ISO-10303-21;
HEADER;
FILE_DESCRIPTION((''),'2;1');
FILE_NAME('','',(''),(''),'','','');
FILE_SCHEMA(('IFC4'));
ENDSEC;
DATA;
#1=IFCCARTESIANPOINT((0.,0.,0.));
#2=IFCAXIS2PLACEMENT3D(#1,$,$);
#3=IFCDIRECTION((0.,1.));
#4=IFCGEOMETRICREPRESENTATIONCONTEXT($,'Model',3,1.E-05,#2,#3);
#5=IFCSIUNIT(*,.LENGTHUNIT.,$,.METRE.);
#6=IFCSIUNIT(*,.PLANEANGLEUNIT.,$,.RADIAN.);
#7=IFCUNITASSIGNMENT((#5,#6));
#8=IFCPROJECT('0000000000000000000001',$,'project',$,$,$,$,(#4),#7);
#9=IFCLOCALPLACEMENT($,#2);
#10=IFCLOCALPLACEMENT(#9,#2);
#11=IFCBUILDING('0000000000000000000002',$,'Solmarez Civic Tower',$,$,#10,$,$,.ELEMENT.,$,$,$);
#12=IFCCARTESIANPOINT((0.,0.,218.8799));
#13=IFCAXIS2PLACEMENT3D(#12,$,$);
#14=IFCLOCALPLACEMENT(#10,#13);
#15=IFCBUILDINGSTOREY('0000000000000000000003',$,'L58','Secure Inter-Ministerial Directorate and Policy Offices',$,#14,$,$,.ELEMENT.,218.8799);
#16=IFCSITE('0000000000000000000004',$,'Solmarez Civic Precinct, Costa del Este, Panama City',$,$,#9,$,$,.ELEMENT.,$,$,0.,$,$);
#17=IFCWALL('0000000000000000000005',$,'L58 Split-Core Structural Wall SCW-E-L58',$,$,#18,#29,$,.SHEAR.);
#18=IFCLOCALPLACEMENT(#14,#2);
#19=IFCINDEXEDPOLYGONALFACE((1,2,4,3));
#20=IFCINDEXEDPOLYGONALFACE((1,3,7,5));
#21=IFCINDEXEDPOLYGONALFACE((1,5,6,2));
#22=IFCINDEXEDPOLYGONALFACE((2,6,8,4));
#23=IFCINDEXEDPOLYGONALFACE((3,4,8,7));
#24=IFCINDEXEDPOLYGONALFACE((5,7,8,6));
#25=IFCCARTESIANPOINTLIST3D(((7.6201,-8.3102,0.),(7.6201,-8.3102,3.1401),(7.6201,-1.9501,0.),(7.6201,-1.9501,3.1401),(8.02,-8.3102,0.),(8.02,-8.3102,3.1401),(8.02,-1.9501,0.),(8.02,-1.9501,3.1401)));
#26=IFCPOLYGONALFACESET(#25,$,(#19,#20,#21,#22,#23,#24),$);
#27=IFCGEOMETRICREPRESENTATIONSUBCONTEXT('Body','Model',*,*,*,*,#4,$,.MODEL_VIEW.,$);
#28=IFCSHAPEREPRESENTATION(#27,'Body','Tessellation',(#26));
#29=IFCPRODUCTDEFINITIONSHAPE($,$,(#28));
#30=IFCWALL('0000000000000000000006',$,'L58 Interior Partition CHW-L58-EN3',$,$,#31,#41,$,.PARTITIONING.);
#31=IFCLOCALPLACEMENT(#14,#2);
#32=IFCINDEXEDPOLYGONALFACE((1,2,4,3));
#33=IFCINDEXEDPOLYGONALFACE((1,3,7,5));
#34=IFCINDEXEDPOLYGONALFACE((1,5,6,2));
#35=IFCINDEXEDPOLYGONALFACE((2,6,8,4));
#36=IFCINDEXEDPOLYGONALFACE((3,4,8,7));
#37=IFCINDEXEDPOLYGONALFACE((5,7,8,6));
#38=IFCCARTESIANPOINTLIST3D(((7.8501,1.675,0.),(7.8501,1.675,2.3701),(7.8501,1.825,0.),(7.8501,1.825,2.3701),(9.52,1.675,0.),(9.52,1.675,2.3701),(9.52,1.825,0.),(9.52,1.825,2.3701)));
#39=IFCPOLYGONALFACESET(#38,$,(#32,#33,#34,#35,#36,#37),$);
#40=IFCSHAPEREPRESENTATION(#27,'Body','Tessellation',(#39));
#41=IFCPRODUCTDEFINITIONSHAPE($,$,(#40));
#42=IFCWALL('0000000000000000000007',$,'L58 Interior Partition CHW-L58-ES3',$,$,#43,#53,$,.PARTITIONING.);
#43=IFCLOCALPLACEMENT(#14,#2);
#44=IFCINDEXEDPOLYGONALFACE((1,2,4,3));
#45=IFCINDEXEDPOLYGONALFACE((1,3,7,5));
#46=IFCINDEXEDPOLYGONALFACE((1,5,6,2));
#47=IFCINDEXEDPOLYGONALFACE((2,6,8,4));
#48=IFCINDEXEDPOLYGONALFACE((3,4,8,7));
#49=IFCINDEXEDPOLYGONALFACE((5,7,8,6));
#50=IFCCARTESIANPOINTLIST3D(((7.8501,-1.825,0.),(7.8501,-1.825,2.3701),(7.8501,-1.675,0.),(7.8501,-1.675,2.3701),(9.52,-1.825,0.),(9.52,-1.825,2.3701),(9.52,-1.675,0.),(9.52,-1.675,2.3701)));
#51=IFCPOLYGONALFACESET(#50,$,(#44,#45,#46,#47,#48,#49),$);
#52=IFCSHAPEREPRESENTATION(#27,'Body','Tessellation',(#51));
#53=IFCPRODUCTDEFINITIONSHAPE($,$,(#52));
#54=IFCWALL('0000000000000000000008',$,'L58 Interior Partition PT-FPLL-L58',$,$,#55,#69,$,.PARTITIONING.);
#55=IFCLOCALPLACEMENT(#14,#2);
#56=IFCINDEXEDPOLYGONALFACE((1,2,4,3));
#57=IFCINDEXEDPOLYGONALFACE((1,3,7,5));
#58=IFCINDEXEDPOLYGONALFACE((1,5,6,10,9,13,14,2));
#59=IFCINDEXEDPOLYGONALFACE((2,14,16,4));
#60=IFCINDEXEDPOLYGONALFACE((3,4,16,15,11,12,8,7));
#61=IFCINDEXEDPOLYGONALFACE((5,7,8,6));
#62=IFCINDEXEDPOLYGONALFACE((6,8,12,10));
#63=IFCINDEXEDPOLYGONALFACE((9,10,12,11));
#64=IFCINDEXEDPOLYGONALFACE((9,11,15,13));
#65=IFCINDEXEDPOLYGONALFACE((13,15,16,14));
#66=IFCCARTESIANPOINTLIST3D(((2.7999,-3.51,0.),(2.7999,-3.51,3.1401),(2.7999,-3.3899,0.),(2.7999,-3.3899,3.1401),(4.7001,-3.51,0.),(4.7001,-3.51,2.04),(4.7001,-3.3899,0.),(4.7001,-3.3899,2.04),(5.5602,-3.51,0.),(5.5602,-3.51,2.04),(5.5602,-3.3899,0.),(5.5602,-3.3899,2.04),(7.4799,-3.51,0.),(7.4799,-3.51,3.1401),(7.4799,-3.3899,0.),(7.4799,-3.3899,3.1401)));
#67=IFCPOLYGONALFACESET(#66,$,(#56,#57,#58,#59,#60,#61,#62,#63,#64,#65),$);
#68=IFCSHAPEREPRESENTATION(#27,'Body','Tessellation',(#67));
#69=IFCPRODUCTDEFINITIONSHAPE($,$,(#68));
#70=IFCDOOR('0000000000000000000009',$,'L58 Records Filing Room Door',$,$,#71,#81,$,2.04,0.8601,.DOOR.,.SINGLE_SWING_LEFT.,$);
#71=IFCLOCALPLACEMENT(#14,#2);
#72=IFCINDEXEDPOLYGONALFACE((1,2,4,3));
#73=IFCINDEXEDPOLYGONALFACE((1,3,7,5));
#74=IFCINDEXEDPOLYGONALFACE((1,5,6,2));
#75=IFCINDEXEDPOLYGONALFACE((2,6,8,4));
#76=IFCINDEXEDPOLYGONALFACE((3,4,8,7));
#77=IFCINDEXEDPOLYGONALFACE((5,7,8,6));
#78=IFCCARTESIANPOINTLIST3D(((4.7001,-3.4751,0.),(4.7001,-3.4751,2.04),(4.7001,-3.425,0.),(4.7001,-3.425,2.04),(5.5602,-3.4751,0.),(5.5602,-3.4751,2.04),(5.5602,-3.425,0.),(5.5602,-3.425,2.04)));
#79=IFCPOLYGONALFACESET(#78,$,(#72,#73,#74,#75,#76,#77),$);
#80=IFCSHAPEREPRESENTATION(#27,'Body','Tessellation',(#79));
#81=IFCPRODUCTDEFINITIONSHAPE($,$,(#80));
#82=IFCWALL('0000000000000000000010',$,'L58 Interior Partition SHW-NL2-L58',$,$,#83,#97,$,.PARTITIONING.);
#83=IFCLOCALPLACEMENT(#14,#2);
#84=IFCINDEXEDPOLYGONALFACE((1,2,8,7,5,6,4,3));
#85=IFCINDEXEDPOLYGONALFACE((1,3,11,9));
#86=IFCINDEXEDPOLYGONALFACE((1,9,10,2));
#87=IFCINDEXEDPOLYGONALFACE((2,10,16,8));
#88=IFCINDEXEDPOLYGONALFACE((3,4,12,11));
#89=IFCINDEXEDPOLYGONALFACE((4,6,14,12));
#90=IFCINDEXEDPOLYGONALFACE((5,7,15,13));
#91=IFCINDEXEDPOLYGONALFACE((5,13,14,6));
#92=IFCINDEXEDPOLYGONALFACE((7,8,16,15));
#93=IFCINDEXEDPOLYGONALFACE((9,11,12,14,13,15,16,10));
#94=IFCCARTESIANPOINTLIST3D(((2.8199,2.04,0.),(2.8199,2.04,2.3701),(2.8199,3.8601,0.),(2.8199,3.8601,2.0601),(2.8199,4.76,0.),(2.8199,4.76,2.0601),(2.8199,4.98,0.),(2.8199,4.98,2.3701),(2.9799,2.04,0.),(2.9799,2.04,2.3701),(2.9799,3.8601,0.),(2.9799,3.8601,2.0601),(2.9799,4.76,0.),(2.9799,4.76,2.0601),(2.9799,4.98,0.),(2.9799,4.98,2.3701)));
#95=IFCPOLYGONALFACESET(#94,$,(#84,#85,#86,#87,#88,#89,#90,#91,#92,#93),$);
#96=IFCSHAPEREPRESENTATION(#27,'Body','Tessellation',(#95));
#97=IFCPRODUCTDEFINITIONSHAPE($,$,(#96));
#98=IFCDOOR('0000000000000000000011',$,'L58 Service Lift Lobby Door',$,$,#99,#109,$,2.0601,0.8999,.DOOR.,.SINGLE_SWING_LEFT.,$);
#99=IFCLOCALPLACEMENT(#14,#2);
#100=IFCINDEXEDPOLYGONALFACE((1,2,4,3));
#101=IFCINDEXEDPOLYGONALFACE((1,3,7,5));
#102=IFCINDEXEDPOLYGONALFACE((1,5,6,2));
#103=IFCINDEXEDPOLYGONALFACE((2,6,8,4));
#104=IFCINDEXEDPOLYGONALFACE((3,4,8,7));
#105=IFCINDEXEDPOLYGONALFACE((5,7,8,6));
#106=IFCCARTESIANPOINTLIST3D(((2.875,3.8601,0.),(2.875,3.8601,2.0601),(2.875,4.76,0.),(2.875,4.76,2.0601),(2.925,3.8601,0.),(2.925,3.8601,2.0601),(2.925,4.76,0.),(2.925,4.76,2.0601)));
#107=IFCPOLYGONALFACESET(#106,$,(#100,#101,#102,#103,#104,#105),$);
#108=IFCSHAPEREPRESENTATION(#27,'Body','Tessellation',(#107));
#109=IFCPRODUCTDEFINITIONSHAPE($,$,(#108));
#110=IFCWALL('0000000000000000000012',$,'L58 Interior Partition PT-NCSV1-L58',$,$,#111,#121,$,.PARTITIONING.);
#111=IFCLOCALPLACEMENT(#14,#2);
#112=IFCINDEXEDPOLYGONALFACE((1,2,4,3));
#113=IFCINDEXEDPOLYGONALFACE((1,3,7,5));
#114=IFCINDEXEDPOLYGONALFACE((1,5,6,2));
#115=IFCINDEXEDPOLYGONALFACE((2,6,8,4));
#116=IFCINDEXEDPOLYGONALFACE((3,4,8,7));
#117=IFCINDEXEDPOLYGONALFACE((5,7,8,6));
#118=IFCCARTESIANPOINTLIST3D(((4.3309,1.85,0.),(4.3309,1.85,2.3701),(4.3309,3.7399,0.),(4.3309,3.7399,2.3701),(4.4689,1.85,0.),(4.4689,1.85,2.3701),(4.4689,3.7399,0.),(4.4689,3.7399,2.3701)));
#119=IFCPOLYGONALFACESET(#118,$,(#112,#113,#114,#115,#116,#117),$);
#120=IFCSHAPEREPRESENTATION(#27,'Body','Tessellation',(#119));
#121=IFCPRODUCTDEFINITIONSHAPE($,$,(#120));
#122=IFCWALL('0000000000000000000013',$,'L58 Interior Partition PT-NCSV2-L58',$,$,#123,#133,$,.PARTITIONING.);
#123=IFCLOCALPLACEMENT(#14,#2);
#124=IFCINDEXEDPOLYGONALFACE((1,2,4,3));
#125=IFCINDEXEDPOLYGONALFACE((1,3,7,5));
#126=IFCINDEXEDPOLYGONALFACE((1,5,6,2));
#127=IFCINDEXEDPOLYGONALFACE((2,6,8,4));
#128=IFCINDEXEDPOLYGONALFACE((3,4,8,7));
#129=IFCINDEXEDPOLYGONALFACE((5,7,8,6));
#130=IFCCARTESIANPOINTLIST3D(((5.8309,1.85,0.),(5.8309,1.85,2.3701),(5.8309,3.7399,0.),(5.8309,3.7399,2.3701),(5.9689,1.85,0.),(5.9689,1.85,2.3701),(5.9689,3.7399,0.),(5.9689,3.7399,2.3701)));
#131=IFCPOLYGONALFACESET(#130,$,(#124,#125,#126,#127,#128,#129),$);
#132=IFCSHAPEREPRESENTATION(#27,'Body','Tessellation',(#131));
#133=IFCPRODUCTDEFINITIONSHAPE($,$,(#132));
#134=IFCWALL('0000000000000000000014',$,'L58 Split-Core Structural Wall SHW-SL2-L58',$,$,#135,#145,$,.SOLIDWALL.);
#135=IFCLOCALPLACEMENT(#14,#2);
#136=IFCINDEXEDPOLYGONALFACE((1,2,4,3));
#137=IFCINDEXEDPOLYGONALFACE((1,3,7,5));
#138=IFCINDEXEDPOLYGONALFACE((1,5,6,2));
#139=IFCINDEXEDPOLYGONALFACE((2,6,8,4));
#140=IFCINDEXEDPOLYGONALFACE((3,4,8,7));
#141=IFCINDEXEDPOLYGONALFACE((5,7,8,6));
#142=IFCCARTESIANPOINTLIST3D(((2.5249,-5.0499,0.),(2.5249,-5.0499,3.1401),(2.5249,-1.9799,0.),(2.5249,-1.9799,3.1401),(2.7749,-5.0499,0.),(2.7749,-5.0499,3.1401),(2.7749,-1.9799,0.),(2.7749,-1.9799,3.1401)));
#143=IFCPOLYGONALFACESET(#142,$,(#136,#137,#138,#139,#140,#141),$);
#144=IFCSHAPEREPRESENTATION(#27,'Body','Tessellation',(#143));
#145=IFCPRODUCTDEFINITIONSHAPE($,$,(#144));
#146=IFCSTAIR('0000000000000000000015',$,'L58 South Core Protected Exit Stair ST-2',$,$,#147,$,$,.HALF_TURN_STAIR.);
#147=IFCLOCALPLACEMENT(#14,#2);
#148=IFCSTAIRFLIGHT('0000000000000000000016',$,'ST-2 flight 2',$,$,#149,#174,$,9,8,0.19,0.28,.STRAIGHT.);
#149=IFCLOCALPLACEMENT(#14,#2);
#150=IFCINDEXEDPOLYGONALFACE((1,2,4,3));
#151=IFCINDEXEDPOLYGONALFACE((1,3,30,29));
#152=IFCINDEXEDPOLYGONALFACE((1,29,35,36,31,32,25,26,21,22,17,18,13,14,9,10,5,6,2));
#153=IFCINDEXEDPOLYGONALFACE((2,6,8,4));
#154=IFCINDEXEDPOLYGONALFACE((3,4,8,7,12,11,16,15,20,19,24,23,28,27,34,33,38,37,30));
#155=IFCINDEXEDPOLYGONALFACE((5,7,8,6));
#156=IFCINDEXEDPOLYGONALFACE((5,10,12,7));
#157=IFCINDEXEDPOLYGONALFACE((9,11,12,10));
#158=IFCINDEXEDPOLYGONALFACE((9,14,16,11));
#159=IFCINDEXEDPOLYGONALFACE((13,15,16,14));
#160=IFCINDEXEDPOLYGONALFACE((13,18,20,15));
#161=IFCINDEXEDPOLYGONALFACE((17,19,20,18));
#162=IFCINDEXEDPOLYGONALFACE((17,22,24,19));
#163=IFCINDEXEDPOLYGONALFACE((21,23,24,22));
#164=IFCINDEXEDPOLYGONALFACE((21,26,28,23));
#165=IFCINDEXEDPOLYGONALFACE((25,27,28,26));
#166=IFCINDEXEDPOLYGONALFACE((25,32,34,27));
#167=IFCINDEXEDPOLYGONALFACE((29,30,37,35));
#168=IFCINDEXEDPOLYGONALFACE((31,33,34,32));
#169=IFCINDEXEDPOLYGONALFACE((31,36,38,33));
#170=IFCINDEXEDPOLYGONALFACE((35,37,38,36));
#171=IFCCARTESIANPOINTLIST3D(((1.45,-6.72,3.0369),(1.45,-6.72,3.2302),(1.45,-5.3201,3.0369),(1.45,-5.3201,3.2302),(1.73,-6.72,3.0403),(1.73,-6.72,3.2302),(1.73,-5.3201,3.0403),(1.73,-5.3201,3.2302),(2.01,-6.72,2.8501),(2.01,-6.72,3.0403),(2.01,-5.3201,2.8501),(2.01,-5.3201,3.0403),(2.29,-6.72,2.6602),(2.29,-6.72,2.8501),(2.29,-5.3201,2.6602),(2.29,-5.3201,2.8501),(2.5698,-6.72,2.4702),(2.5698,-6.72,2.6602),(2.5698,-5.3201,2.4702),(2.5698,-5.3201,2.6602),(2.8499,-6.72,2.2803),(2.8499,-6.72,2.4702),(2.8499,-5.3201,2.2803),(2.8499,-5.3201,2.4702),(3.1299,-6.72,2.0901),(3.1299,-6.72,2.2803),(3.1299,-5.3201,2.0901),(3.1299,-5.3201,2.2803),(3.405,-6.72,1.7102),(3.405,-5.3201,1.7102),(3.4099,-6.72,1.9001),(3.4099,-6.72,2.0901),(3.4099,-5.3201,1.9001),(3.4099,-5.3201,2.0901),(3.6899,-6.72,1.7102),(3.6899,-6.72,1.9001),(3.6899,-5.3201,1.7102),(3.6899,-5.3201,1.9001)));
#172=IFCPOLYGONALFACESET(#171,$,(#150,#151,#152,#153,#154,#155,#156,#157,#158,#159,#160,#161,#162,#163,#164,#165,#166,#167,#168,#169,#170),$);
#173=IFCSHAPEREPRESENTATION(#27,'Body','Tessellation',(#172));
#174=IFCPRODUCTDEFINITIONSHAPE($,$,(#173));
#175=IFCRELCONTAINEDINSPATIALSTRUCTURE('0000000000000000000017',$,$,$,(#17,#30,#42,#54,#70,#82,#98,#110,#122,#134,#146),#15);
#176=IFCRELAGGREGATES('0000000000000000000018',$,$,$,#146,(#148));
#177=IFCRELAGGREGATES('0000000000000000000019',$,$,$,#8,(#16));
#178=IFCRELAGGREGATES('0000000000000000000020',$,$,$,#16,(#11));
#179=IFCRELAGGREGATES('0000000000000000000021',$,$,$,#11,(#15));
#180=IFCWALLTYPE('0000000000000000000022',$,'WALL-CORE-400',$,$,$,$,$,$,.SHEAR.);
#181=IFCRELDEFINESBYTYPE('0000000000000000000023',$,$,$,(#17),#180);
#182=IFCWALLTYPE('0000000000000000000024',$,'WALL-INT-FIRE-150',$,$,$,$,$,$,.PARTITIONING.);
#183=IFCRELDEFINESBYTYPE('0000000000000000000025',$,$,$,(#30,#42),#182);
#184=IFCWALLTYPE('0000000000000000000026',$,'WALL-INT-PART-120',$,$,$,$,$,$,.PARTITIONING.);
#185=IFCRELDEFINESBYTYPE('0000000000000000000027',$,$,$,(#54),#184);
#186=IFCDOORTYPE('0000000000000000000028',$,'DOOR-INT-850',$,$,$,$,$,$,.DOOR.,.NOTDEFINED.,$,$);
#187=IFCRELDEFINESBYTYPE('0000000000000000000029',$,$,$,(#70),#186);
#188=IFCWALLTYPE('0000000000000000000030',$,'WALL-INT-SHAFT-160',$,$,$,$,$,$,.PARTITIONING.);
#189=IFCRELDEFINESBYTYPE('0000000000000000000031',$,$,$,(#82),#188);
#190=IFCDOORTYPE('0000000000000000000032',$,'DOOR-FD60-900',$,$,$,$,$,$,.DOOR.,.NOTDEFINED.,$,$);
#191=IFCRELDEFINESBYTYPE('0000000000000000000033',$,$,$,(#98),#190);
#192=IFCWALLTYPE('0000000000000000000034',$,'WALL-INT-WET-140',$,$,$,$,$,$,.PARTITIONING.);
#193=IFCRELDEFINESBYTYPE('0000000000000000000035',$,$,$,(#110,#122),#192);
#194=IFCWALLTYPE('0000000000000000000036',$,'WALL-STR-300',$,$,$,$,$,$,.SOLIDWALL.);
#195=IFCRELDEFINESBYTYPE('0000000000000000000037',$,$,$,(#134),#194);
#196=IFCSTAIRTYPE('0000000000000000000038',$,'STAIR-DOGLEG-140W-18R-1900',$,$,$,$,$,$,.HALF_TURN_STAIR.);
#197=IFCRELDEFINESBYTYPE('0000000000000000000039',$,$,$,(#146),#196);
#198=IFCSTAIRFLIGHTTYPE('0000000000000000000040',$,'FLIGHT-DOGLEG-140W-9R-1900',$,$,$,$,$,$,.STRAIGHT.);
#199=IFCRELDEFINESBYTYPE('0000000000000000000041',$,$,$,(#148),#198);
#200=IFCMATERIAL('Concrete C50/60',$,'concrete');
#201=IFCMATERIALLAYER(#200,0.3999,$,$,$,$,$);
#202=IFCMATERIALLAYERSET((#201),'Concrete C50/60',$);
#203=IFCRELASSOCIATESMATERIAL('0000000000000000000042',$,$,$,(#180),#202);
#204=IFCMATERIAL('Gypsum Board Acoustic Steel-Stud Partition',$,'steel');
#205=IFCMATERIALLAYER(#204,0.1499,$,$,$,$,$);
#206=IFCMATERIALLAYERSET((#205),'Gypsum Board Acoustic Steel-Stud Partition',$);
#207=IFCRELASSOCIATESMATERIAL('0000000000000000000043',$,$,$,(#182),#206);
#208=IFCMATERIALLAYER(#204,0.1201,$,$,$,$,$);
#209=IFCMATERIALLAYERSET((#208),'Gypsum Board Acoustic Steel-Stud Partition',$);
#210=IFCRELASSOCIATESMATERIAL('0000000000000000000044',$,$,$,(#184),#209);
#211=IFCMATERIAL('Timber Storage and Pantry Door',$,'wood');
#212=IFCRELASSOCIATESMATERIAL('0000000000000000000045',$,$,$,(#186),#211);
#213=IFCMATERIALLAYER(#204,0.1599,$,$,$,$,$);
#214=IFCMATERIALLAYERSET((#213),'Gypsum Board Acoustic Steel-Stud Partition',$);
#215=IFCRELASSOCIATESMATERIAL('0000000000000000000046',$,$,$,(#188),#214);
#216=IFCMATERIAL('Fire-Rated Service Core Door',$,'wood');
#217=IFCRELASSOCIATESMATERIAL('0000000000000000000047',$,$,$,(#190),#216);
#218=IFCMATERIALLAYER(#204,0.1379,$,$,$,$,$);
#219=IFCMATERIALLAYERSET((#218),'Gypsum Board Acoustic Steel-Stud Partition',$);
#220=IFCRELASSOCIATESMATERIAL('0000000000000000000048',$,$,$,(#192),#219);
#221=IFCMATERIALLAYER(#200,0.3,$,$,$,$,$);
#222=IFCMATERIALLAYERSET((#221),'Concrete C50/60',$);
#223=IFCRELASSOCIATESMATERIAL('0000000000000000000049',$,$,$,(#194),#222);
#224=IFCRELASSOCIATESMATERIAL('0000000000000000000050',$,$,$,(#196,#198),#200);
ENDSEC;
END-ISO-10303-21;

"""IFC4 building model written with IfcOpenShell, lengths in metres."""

from ifc_helpers import new_model, si_unit, direction, frame, frame_2d, origin, place, context, subcontext, project, spatial, polyline, rectangle, outline, extrude, material, layer, layer_set, type_object, element, fill, aggregate, save


model = new_model("IFC4")

# Units and contexts
model_context = context("Model", 3, precision=1e-05, world=origin(), true_north=direction((0.0, 1.0)))
body_context = subcontext(model_context, "Body", "Model", "MODEL_VIEW")
ifc_project = project(units=[si_unit("LENGTHUNIT", "METRE"), si_unit("PLANEANGLEUNIT", "RADIAN")], contexts=[model_context])

# Site, building, storey
site_placement = place(None, origin())
site = spatial("IfcSite", under=ifc_project, at=site_placement, Name="Solmarez Civic Precinct, Costa del Este, Panama City", CompositionType="ELEMENT", RefElevation=0.0)
building_placement = place(site_placement, origin())
building = spatial("IfcBuilding", under=site, at=building_placement, Name="Solmarez Civic Tower", CompositionType="ELEMENT")
storey_placement = place(building_placement, frame((0.0, 0.0, 218.8799)))
storey = spatial("IfcBuildingStorey", under=building, at=storey_placement, Name="L58", Description="Secure Inter-Ministerial Directorate and Policy Offices", CompositionType="ELEMENT", Elevation=218.8799)

# Walls
ifc_material_1 = material(Name="Concrete C50/60", Category="concrete")
ifc_layer_1 = layer(ifc_material_1, 0.3999)
ifc_layer_set_1 = layer_set([ifc_layer_1], Name="Concrete C50/60")
wall_type_1 = type_object("IfcWallType", Name="WALL-CORE-400", PredefinedType="SHEAR", material=ifc_layer_set_1)
wall_1_placement = place(storey_placement, frame((7.8201, -1.95, 0.0), z_axis=(0.0, 0.0, 1.0), x_axis=(0.0, -1.0, 0.0)))
element("IfcWall", 1, at=wall_1_placement, inside=storey, type_object=wall_type_1, Name="L58 Split-Core Structural Wall SCW-E-L58", PredefinedType="SHEAR", context=body_context, shape_type="SweptSolid", body=[
    extrude(rectangle(XDim=6.3601, YDim=0.3999, at=frame_2d((3.1802, 0.0))), origin(), (0.0, 0.0, 1.0), 3.1401),
])
ifc_material_2 = material(Name="Gypsum Board Acoustic Steel-Stud Partition", Category="steel")
ifc_layer_2 = layer(ifc_material_2, 0.1499)
ifc_layer_set_2 = layer_set([ifc_layer_2], Name="Gypsum Board Acoustic Steel-Stud Partition")
wall_type_2 = type_object("IfcWallType", Name="WALL-INT-FIRE-150", PredefinedType="PARTITIONING", material=ifc_layer_set_2)
for number, where, z_axis, x_axis, name in (
    (2, (7.8501, 1.75, 0.0), (0.0, 0.0, 1.0), (1.0, 0.0, 0.0), "L58 Interior Partition CHW-L58-EN3"),
    (3, (7.8501, -1.75, 0.0), (0.0, 0.0, 1.0), (1.0, 0.0, 0.0), "L58 Interior Partition CHW-L58-ES3"),
):
    element("IfcWall", number, at=place(storey_placement, frame(where, z_axis=z_axis, x_axis=x_axis)), inside=storey, type_object=wall_type_2, Name=name, PredefinedType="PARTITIONING", context=body_context, shape_type="SweptSolid", body=[
        extrude(rectangle(XDim=1.6699, YDim=0.1499, at=frame_2d((0.835, 0.0))), origin(), (0.0, 0.0, 1.0), 2.3701),
    ])

# Walls, openings, doors
ifc_layer_3 = layer(ifc_material_2, 0.1201)
ifc_layer_set_3 = layer_set([ifc_layer_3], Name="Gypsum Board Acoustic Steel-Stud Partition")
wall_type_3 = type_object("IfcWallType", Name="WALL-INT-PART-120", PredefinedType="PARTITIONING", material=ifc_layer_set_3)
wall_2_placement = place(storey_placement, frame((2.8, -3.45, 0.0), z_axis=(0.0, 0.0, 1.0), x_axis=(1.0, 0.0, 0.0)))
wall_2 = element("IfcWall", 4, at=wall_2_placement, inside=storey, type_object=wall_type_3, Name="L58 Interior Partition PT-FPLL-L58", PredefinedType="PARTITIONING", context=body_context, shape_type="SweptSolid", body=[
    extrude(rectangle(XDim=4.6799, YDim=0.1201, at=frame_2d((2.3398, 0.0))), origin(), (0.0, 0.0, 1.0), 3.1401),
])
opening_1_placement = place(wall_2_placement, frame((1.8999, 0.0, 0.0)))
opening_1 = element("IfcOpeningElement", 5, at=opening_1_placement, cuts=wall_2, PredefinedType="OPENING", context=body_context, shape_type="SweptSolid", body=[
    extrude(rectangle(XDim=0.8601, YDim=2.04, at=frame_2d((0.4302, 1.02))), frame((0.0, 0.0701, 0.0), z_axis=(0.0, -1.0, 0.0), x_axis=(1.0, 0.0, 0.0)), (0.0, 0.0, 1.0), 0.1401),
])
ifc_material_3 = material(Name="Timber Storage and Pantry Door", Category="wood")
door_type_1 = type_object("IfcDoorType", Name="DOOR-INT-850", OperationType="NOTDEFINED", PredefinedType="DOOR", material=ifc_material_3)
door_1_placement = place(opening_1_placement, origin())
door_1 = element("IfcDoor", 6, at=door_1_placement, inside=storey, type_object=door_type_1, Name="L58 Records Filing Room Door", OperationType="SINGLE_SWING_LEFT", OverallHeight=2.04, OverallWidth=0.8601, PredefinedType="DOOR", context=body_context, shape_type="SweptSolid", body=[
    extrude(rectangle(XDim=0.8601, YDim=2.04, at=frame_2d((0.4302, 1.02))), frame((0.0, 0.0249, 0.0), z_axis=(0.0, -1.0, 0.0), x_axis=(1.0, 0.0, 0.0)), (0.0, 0.0, 1.0), 0.05),
])
fill(opening_1, door_1)
ifc_layer_4 = layer(ifc_material_2, 0.1599)
ifc_layer_set_4 = layer_set([ifc_layer_4], Name="Gypsum Board Acoustic Steel-Stud Partition")
wall_type_4 = type_object("IfcWallType", Name="WALL-INT-SHAFT-160", PredefinedType="PARTITIONING", material=ifc_layer_set_4)
wall_3_placement = place(storey_placement, frame((2.8999, 2.04, 0.0), z_axis=(0.0, 0.0, 1.0), x_axis=(0.0, 1.0, 0.0)))
wall_3 = element("IfcWall", 7, at=wall_3_placement, inside=storey, type_object=wall_type_4, Name="L58 Interior Partition SHW-NL2-L58", PredefinedType="PARTITIONING", context=body_context, shape_type="SweptSolid", body=[
    extrude(rectangle(XDim=2.9399, YDim=0.1599, at=frame_2d((1.47, 0.0))), origin(), (0.0, 0.0, 1.0), 2.3701),
])
opening_2_placement = place(wall_3_placement, frame((1.8201, 0.0, 0.0)))
opening_2 = element("IfcOpeningElement", 8, at=opening_2_placement, cuts=wall_3, PredefinedType="OPENING", context=body_context, shape_type="SweptSolid", body=[
    extrude(rectangle(XDim=0.8999, YDim=2.0601, at=frame_2d((0.45, 1.03))), frame((0.0, 0.0898, 0.0), z_axis=(0.0, -1.0, 0.0), x_axis=(1.0, 0.0, 0.0)), (0.0, 0.0, 1.0), 0.1799),
])
ifc_material_4 = material(Name="Fire-Rated Service Core Door", Category="wood")
door_type_2 = type_object("IfcDoorType", Name="DOOR-FD60-900", OperationType="NOTDEFINED", PredefinedType="DOOR", material=ifc_material_4)
door_2_placement = place(opening_2_placement, origin())
door_2 = element("IfcDoor", 9, at=door_2_placement, inside=storey, type_object=door_type_2, Name="L58 Service Lift Lobby Door", OperationType="SINGLE_SWING_LEFT", OverallHeight=2.0601, OverallWidth=0.8999, PredefinedType="DOOR", context=body_context, shape_type="SweptSolid", body=[
    extrude(rectangle(XDim=0.8999, YDim=2.0601, at=frame_2d((0.45, 1.03))), frame((0.0, 0.0249, 0.0), z_axis=(0.0, -1.0, 0.0), x_axis=(1.0, 0.0, 0.0)), (0.0, 0.0, 1.0), 0.05),
])
fill(opening_2, door_2)

# Walls
ifc_layer_5 = layer(ifc_material_2, 0.1379)
ifc_layer_set_5 = layer_set([ifc_layer_5], Name="Gypsum Board Acoustic Steel-Stud Partition")
wall_type_5 = type_object("IfcWallType", Name="WALL-INT-WET-140", PredefinedType="PARTITIONING", material=ifc_layer_set_5)
for number, where, z_axis, x_axis, name in (
    (10, (4.3999, 1.8501, 0.0), (0.0, 0.0, 1.0), (0.0, 1.0, 0.0), "L58 Interior Partition PT-NCSV1-L58"),
    (11, (5.8999, 1.8501, 0.0), (0.0, 0.0, 1.0), (0.0, 1.0, 0.0), "L58 Interior Partition PT-NCSV2-L58"),
):
    element("IfcWall", number, at=place(storey_placement, frame(where, z_axis=z_axis, x_axis=x_axis)), inside=storey, type_object=wall_type_5, Name=name, PredefinedType="PARTITIONING", context=body_context, shape_type="SweptSolid", body=[
        extrude(rectangle(XDim=1.8899, YDim=0.1379, at=frame_2d((0.9448, 0.0))), origin(), (0.0, 0.0, 1.0), 2.3701),
    ])
ifc_layer_6 = layer(ifc_material_1, 0.3)
ifc_layer_set_6 = layer_set([ifc_layer_6], Name="Concrete C50/60")
wall_type_6 = type_object("IfcWallType", Name="WALL-STR-300", PredefinedType="SOLIDWALL", material=ifc_layer_set_6)
wall_4_placement = place(storey_placement, frame((2.6499, -5.05, 0.0), z_axis=(0.0, 0.0, 1.0), x_axis=(0.0, 1.0, 0.0)))
element("IfcWall", 12, at=wall_4_placement, inside=storey, type_object=wall_type_6, Name="L58 Split-Core Structural Wall SHW-SL2-L58", PredefinedType="SOLIDWALL", context=body_context, shape_type="SweptSolid", body=[
    extrude(rectangle(XDim=3.0701, YDim=0.25, at=frame_2d((1.5352, 0.0))), origin(), (0.0, 0.0, 1.0), 3.1401),
])

# Stair, stair flight
stair_type = type_object("IfcStairType", Name="STAIR-DOGLEG-140W-18R-1900", PredefinedType="HALF_TURN_STAIR", material=ifc_material_1)
stair_placement = place(storey_placement, origin())
stair = element("IfcStair", 13, at=stair_placement, inside=storey, type_object=stair_type, Name="L58 South Core Protected Exit Stair ST-2", PredefinedType="HALF_TURN_STAIR")
stair_flight_type = type_object("IfcStairFlightType", Name="FLIGHT-DOGLEG-140W-9R-1900", PredefinedType="STRAIGHT", material=ifc_material_1)
stair_flight_placement = place(storey_placement, frame((3.6899, -6.02, 1.7102), z_axis=(0.0, 0.0, 1.0), x_axis=(-1.0, 0.0, 0.0)))
stair_flight = element("IfcStairFlight", 14, at=stair_flight_placement, type_object=stair_flight_type, Name="ST-2 flight 2", NumberOfRisers=9, NumberOfTreads=8, PredefinedType="STRAIGHT", RiserHeight=0.19, TreadLength=0.28, context=body_context, shape_type="SweptSolid", body=[
    extrude(outline(polyline([(0.0, 0.0), (0.0, 0.1899), (0.28, 0.1899), (0.28, 0.3799), (0.5601, 0.3799), (0.5601, 0.5701), (0.8401, 0.5701), (0.8401, 0.76), (1.1201, 0.76), (1.1201, 0.95), (1.3999, 0.95), (1.3999, 1.1399), (1.6799, 1.1399), (1.6799, 1.3301), (1.96, 1.3301), (1.96, 1.52), (2.24, 1.52), (2.24, 1.71), (2.24, 1.3267), (0.2849, 0.0), (0.0, 0.0)])), frame((0.0, 0.7, 0.0), z_axis=(0.0, -1.0, 0.0), x_axis=(1.0, 0.0, 0.0)), (0.0, 0.0, 1.0), 1.3999),
])
aggregate(stair, [stair_flight])

save(model, "model.ifc")
